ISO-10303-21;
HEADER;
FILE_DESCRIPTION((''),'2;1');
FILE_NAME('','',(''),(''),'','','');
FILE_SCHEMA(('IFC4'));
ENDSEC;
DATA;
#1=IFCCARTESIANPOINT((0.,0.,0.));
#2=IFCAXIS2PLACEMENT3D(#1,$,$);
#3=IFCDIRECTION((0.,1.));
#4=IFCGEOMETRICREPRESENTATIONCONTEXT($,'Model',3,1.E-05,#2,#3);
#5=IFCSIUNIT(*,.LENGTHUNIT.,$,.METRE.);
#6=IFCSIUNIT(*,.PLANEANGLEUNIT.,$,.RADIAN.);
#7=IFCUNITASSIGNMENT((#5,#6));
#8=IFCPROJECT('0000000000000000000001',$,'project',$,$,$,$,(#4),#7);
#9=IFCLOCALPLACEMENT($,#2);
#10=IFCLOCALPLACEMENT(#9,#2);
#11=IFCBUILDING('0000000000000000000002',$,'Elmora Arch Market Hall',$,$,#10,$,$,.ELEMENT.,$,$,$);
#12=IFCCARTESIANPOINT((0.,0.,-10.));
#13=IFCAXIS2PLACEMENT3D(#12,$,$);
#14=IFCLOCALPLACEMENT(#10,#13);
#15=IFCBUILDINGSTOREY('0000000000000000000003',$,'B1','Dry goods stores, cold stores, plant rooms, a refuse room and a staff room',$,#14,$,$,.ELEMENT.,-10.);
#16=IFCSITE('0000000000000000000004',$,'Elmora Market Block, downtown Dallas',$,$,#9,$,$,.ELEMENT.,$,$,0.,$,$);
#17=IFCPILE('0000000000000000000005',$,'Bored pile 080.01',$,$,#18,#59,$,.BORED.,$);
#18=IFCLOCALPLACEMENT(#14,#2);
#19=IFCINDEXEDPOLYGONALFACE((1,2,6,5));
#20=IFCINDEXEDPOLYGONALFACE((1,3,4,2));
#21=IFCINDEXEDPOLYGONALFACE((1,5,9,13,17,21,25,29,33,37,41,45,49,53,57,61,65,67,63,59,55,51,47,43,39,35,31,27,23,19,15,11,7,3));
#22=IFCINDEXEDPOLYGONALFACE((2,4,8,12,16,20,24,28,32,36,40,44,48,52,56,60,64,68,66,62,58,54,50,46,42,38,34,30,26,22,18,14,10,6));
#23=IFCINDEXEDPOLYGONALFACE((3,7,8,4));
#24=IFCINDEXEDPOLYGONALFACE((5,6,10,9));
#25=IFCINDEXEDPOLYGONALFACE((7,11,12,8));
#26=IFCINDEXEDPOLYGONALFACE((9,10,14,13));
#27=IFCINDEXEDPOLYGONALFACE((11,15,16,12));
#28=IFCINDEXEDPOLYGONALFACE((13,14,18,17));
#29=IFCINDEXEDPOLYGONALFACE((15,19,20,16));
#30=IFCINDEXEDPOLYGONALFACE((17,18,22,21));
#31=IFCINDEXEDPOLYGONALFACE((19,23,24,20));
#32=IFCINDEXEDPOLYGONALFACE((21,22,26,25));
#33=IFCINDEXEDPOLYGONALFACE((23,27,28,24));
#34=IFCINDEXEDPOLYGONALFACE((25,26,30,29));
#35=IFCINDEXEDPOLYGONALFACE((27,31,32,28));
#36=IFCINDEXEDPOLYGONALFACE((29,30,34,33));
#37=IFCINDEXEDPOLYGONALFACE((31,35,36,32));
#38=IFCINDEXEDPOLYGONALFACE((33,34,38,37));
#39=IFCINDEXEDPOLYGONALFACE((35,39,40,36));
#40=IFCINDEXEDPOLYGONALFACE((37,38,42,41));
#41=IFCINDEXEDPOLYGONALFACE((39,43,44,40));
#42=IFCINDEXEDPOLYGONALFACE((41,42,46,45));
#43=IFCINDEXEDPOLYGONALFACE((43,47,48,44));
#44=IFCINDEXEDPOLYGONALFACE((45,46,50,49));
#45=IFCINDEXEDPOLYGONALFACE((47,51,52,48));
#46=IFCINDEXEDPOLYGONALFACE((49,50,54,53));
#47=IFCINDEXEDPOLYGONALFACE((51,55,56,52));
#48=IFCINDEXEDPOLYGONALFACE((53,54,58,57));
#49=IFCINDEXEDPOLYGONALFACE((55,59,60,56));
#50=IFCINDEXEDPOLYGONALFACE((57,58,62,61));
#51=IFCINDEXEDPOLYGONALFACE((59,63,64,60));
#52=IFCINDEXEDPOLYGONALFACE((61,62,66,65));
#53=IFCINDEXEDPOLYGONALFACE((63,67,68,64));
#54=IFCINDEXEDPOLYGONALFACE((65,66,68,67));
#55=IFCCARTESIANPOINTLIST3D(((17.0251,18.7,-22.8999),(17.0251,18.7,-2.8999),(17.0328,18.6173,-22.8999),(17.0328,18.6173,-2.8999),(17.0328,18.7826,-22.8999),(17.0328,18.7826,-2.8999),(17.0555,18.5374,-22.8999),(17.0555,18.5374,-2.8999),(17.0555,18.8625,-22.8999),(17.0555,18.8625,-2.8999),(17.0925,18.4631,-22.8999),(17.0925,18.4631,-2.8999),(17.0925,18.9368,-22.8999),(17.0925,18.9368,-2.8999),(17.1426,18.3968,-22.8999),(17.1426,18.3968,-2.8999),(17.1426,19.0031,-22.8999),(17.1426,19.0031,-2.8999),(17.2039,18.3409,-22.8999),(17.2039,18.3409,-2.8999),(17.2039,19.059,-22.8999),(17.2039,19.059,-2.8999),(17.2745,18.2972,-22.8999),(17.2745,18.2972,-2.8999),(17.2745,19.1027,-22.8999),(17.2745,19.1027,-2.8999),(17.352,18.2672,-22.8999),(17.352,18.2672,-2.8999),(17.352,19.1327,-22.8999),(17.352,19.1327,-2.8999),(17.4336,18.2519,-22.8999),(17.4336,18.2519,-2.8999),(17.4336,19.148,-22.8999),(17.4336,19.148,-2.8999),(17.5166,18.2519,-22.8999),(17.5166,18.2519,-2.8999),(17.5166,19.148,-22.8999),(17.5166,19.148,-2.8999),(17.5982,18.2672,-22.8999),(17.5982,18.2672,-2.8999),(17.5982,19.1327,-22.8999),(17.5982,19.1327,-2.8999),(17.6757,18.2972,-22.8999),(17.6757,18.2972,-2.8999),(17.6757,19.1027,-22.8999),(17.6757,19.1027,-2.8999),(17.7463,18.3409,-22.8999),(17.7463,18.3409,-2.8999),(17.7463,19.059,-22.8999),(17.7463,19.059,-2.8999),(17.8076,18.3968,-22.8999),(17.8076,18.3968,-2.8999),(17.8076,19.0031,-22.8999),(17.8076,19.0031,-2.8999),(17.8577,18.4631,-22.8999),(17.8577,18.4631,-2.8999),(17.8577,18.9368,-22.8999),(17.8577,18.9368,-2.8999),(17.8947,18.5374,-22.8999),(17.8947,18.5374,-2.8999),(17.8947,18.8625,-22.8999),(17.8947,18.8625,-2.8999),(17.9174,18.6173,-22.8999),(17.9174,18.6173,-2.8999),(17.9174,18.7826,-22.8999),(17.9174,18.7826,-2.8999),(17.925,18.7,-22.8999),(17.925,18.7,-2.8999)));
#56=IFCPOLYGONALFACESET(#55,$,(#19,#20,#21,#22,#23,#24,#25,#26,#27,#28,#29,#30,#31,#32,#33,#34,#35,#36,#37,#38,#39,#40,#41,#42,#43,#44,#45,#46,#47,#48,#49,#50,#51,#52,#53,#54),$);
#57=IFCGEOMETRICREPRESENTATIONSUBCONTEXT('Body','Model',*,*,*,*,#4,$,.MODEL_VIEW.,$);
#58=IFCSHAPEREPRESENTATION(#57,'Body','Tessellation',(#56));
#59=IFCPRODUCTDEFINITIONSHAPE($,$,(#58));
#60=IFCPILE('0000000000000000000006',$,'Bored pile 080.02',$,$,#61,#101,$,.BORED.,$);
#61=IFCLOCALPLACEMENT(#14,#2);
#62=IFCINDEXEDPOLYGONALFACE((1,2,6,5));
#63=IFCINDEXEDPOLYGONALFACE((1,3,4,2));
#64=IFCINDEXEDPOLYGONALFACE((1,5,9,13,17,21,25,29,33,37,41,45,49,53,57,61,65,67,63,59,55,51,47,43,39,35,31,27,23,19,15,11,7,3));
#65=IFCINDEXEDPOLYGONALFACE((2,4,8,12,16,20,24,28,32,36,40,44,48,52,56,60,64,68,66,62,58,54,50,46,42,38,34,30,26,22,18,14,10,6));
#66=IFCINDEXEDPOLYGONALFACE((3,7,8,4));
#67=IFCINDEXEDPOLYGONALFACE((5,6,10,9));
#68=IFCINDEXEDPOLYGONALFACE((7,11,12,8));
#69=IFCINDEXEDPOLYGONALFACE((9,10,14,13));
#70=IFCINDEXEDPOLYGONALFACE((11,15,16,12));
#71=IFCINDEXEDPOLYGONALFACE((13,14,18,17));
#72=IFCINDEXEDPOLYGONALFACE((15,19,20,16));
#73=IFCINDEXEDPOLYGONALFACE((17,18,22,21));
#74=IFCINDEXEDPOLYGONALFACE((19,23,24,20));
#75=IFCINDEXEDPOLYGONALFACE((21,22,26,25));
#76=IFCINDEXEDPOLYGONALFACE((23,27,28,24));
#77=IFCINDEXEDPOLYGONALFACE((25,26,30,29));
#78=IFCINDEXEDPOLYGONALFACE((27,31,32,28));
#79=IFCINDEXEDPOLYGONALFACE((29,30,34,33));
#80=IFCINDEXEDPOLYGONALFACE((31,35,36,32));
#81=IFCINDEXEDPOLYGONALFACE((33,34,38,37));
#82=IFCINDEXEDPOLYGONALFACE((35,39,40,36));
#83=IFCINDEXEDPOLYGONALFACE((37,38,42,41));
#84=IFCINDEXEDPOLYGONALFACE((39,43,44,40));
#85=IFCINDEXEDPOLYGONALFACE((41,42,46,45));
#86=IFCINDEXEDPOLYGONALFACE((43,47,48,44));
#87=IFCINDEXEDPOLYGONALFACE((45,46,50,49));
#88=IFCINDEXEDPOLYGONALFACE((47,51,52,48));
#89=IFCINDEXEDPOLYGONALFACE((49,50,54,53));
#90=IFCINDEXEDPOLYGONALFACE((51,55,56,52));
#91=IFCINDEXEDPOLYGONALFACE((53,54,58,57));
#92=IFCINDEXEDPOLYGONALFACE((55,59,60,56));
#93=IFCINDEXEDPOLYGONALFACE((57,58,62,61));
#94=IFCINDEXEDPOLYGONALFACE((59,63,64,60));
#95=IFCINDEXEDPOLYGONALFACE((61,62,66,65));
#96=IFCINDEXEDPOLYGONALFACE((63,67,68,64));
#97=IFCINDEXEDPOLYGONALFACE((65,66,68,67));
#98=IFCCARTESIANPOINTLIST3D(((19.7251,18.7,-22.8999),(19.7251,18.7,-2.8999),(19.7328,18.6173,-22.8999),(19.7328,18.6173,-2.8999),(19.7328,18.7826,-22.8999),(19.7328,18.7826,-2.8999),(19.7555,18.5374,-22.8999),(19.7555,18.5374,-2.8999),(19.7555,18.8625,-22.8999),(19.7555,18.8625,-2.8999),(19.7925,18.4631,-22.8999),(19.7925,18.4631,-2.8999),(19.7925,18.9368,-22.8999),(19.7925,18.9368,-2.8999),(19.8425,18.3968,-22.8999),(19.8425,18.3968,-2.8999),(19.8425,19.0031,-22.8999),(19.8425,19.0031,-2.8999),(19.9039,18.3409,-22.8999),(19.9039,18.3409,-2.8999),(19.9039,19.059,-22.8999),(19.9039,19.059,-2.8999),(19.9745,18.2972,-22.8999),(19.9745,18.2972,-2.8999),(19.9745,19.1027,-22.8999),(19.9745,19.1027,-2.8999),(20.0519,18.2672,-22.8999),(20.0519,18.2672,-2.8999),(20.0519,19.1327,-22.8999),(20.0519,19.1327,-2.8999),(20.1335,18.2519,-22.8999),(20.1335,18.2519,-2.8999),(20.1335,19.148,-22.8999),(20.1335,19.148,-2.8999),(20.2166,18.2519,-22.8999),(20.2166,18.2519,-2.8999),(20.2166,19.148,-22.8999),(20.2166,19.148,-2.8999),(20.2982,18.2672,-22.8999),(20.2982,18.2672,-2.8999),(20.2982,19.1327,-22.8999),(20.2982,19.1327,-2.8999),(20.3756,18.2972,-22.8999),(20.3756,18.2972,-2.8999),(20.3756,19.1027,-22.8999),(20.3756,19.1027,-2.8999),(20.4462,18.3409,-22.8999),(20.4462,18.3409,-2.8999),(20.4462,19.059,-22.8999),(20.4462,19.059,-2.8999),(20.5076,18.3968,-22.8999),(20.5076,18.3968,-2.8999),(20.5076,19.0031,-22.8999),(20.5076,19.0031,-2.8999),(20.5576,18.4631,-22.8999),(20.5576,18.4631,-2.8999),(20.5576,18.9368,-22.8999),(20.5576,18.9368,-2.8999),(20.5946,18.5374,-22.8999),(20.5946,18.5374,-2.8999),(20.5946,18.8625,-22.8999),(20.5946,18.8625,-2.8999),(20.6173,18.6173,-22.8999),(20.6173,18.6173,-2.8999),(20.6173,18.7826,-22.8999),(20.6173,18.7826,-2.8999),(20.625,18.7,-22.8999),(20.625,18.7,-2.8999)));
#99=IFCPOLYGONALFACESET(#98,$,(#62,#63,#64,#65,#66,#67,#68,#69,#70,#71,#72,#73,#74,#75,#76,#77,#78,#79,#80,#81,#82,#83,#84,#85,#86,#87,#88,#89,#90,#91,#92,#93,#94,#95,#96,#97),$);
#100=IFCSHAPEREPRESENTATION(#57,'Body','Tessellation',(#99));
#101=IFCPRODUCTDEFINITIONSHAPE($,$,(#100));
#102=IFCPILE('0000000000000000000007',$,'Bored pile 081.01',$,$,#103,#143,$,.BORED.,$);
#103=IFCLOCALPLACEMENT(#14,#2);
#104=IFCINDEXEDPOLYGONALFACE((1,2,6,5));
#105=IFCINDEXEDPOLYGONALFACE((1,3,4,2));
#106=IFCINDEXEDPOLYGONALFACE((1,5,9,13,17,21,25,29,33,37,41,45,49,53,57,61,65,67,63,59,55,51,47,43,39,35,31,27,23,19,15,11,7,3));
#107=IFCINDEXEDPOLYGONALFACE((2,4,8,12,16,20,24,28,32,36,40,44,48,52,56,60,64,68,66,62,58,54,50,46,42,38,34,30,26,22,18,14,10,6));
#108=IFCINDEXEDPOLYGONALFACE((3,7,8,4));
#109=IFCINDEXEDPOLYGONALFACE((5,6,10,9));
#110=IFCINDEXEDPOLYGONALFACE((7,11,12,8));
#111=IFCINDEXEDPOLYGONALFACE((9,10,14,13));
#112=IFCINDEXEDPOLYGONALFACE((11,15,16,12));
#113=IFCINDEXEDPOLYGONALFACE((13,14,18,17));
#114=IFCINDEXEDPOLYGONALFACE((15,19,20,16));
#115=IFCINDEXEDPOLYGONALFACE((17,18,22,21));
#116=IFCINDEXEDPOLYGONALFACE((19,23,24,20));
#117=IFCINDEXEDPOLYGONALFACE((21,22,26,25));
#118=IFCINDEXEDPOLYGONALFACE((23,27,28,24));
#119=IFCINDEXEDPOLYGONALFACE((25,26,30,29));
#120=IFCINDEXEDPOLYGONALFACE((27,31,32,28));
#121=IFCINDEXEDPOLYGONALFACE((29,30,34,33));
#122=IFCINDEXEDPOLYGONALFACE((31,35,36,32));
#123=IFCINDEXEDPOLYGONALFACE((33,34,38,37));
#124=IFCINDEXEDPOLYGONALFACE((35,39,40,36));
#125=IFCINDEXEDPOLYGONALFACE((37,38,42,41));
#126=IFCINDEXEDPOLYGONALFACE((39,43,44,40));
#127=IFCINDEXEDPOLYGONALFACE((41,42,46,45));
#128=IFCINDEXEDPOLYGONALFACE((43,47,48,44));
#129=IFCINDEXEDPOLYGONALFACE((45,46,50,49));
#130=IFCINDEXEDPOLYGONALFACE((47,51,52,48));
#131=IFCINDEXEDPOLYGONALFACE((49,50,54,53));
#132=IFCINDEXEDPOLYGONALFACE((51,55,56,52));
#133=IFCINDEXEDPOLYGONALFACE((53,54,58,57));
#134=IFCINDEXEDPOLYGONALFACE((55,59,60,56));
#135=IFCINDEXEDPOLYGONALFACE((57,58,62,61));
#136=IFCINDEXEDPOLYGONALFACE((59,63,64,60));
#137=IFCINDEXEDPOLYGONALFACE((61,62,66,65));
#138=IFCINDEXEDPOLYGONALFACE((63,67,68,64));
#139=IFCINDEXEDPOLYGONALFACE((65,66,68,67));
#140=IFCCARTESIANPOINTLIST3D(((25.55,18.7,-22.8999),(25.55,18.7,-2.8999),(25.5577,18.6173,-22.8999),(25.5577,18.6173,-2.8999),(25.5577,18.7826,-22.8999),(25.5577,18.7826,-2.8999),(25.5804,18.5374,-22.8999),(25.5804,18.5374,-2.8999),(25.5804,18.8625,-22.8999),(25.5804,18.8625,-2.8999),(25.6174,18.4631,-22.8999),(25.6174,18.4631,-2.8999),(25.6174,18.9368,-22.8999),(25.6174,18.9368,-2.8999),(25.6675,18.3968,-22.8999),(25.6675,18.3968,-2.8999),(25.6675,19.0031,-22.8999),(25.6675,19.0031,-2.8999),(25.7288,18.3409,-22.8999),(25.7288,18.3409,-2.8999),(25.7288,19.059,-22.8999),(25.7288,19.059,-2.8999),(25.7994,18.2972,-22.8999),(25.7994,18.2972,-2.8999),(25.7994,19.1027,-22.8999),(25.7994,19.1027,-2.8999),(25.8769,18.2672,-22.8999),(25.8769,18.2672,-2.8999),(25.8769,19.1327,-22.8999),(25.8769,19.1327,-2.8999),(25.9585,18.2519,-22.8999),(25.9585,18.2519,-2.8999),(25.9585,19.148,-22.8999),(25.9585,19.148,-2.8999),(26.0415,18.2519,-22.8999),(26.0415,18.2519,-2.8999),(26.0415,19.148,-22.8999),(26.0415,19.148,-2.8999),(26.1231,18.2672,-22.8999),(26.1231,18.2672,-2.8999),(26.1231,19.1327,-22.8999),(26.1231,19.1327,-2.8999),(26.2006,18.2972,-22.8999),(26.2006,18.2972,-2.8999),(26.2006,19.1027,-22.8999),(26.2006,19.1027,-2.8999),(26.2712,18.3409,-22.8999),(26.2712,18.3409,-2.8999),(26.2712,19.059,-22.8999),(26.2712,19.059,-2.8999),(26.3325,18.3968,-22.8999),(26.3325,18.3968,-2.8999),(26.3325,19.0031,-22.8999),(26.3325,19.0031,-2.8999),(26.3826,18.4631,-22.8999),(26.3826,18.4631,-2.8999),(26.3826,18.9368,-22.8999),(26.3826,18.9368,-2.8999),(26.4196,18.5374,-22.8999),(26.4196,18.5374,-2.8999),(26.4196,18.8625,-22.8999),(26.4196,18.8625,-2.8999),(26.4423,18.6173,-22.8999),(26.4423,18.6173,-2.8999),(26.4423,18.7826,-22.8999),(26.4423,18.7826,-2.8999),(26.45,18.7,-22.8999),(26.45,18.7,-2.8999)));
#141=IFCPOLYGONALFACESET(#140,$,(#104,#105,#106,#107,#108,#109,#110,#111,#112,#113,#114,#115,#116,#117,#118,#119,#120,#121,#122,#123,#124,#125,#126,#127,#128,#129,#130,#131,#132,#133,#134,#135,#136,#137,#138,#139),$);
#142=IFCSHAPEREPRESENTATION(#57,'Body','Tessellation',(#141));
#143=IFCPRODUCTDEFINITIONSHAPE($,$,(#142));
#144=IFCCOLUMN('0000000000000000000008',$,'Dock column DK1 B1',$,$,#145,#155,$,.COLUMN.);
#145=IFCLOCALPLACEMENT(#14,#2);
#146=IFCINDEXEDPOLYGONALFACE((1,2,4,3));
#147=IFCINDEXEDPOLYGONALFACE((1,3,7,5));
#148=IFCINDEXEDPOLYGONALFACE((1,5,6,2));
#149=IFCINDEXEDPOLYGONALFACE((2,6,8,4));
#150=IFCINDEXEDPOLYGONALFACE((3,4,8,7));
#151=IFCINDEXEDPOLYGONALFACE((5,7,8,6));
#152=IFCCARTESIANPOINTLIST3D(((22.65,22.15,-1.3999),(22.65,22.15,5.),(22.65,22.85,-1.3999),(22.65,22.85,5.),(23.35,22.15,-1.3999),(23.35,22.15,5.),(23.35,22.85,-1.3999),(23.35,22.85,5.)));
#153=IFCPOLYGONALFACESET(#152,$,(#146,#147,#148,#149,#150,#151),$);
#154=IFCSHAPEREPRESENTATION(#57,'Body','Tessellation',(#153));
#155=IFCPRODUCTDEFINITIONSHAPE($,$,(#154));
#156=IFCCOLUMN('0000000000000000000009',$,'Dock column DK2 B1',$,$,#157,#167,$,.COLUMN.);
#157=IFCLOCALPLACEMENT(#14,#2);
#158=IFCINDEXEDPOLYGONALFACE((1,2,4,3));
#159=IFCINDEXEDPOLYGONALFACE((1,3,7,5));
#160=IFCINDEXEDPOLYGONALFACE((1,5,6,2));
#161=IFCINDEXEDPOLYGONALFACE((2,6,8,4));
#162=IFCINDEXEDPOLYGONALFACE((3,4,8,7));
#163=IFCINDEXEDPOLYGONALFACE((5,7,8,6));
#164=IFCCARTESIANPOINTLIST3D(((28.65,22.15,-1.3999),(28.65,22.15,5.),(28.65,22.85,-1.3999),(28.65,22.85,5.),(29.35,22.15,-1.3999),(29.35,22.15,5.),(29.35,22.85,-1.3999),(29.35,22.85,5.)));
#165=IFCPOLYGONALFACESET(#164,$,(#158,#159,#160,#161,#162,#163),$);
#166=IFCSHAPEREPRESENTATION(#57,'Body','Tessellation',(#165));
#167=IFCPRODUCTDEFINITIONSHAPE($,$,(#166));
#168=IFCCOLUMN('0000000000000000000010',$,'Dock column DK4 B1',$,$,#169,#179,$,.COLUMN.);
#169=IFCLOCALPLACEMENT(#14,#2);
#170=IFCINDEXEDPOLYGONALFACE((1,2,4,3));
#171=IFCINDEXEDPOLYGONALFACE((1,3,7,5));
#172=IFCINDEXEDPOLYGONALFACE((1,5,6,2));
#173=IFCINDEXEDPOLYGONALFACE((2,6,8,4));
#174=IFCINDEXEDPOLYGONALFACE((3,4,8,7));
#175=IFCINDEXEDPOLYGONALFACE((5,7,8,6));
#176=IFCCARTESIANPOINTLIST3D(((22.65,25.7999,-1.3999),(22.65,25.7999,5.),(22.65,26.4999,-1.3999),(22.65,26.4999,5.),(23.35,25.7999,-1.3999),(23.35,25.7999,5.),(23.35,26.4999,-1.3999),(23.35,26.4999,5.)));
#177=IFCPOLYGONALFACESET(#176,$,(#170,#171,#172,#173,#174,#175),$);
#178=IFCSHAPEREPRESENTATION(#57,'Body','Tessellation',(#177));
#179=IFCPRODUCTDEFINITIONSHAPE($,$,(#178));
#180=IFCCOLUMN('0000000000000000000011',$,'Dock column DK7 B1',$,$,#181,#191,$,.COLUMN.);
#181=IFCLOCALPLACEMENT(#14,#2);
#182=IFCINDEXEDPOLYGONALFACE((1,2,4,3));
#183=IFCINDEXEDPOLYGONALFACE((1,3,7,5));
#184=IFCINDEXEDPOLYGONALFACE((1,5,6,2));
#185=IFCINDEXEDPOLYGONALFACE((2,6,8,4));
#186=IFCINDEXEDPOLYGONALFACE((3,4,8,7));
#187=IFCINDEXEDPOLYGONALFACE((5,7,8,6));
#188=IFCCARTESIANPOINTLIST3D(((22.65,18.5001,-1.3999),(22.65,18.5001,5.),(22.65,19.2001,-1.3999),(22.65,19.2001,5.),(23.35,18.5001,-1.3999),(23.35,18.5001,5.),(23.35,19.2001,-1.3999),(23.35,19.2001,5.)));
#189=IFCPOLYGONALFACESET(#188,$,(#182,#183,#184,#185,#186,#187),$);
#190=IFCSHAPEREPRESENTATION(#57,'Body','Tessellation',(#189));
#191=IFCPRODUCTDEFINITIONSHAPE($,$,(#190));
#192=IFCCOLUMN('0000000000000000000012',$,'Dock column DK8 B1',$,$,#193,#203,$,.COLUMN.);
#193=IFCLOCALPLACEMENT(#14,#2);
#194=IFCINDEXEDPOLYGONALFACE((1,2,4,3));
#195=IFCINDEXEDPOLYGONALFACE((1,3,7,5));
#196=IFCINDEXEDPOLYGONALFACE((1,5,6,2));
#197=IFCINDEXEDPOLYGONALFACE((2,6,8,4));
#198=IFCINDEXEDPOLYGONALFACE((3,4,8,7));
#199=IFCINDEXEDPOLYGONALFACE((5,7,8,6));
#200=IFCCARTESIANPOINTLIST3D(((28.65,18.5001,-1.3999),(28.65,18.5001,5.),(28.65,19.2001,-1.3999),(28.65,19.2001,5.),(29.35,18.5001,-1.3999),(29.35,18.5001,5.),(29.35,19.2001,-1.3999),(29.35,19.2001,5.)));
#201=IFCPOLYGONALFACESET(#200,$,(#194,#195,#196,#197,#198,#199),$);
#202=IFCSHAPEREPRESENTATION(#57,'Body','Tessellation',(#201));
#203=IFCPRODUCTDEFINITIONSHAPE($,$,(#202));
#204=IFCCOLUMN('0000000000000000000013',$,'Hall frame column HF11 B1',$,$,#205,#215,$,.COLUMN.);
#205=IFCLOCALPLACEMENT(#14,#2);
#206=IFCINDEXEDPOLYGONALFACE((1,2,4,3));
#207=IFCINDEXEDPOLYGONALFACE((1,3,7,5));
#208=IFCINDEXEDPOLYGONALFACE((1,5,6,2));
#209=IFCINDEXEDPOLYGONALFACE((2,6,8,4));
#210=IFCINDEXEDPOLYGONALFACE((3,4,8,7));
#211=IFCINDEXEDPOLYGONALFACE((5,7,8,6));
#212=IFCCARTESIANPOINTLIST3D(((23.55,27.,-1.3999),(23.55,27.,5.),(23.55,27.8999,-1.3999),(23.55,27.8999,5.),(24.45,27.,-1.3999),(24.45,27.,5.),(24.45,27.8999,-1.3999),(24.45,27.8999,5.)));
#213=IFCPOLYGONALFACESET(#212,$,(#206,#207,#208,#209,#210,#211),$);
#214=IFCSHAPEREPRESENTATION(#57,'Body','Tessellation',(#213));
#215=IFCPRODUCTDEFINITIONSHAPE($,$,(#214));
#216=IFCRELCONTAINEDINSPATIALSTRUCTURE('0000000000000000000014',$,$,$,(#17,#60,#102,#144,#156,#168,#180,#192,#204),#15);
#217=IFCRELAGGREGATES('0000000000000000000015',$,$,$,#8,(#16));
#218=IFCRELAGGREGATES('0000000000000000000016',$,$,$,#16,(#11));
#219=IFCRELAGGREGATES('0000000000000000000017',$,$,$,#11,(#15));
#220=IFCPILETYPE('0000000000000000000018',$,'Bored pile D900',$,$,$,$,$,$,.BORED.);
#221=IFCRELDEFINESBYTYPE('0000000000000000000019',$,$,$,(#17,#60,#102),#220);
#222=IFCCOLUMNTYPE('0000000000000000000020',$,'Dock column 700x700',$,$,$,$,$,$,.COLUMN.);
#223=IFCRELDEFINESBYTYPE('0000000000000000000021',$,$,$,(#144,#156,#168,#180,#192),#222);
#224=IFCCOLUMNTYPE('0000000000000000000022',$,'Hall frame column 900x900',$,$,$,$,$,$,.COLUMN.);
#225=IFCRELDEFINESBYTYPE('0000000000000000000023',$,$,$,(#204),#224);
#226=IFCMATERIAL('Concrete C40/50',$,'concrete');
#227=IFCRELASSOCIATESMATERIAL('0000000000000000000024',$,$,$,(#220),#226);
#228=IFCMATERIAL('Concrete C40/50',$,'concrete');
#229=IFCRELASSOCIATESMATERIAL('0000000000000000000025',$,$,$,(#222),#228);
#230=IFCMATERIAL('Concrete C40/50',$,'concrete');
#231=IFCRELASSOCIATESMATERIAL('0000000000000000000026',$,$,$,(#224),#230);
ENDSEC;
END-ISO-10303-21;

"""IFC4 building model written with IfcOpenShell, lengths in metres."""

from ifc_helpers import new_model, si_unit, direction, frame, origin, origin_2d, place, context, subcontext, project, spatial, rectangle, circle, extrude, material, material_profile, profile_set, type_object, element, save


model = new_model("IFC4")

# Units and contexts
model_context = context("Model", 3, precision=1e-05, world=origin(), true_north=direction((0.0, 1.0)))
body_context = subcontext(model_context, "Body", "Model", "MODEL_VIEW")
ifc_project = project(units=[si_unit("LENGTHUNIT", "METRE"), si_unit("PLANEANGLEUNIT", "RADIAN")], contexts=[model_context])

# Site, building, storey
site_placement = place(None, origin())
site = spatial("IfcSite", under=ifc_project, at=site_placement, Name="Elmora Market Block, downtown Dallas", CompositionType="ELEMENT", RefElevation=0.0)
building_placement = place(site_placement, origin())
building = spatial("IfcBuilding", under=site, at=building_placement, Name="Elmora Arch Market Hall", CompositionType="ELEMENT")
storey_placement = place(building_placement, frame((0.0, 0.0, -10.0)))
storey = spatial("IfcBuildingStorey", under=building, at=storey_placement, Name="B1", Description="Dry goods stores, cold stores, plant rooms, a refuse room and a staff room", CompositionType="ELEMENT", Elevation=-10.0)

# Piles
ifc_material_1 = material(Name="Concrete C40/50", Category="concrete")
ifc_material_profile_1 = material_profile(ifc_material_1, circle(Radius=0.45, at=origin_2d()), Name="Bored pile D900")
ifc_profile_set_1 = profile_set([ifc_material_profile_1], Name="Concrete C40/50")
pile_type = type_object("IfcPileType", Name="Bored pile D900", PredefinedType="BORED", material=ifc_profile_set_1)
for number, where, z_axis, x_axis, name in (
    (1, (17.4751, 18.7, -2.8999), (0.0, 0.0, -1.0), (1.0, 0.0, 0.0), "Bored pile 080.01"),
    (2, (20.175, 18.7, -2.8999), (0.0, 0.0, -1.0), (1.0, 0.0, 0.0), "Bored pile 080.02"),
    (3, (26.0, 18.7, -2.8999), (0.0, 0.0, -1.0), (1.0, 0.0, 0.0), "Bored pile 081.01"),
):
    element("IfcPile", number, at=place(storey_placement, frame(where, z_axis=z_axis, x_axis=x_axis)), inside=storey, type_object=pile_type, Name=name, PredefinedType="BORED", context=body_context, shape_type="SweptSolid", body=[
        extrude(circle(Radius=0.45, at=origin_2d()), origin(), (0.0, 0.0, 1.0), 20.0),
    ])

# Columns
ifc_material_2 = material(Name="Concrete C40/50", Category="concrete")
ifc_material_profile_2 = material_profile(ifc_material_2, rectangle(XDim=0.7, YDim=0.7, at=origin_2d()), Name="Dock column 700x700")
ifc_profile_set_2 = profile_set([ifc_material_profile_2], Name="Concrete C40/50")
column_type_1 = type_object("IfcColumnType", Name="Dock column 700x700", PredefinedType="COLUMN", material=ifc_profile_set_2)
for number, where, z_axis, x_axis, name in (
    (4, (23.0, 22.5, -1.3999), (0.0, 0.0, 1.0), (1.0, 0.0, 0.0), "Dock column DK1 B1"),
    (5, (29.0, 22.5, -1.3999), (0.0, 0.0, 1.0), (1.0, 0.0, 0.0), "Dock column DK2 B1"),
    (6, (23.0, 26.1499, -1.3999), (0.0, 0.0, 1.0), (1.0, 0.0, 0.0), "Dock column DK4 B1"),
    (7, (23.0, 18.8501, -1.3999), (0.0, 0.0, 1.0), (1.0, 0.0, 0.0), "Dock column DK7 B1"),
    (8, (29.0, 18.8501, -1.3999), (0.0, 0.0, 1.0), (1.0, 0.0, 0.0), "Dock column DK8 B1"),
):
    element("IfcColumn", number, at=place(storey_placement, frame(where, z_axis=z_axis, x_axis=x_axis)), inside=storey, type_object=column_type_1, Name=name, PredefinedType="COLUMN", context=body_context, shape_type="SweptSolid", body=[
        extrude(rectangle(XDim=0.7, YDim=0.7, at=origin_2d()), origin(), (0.0, 0.0, 1.0), 6.3999),
    ])
ifc_material_3 = material(Name="Concrete C40/50", Category="concrete")
ifc_material_profile_3 = material_profile(ifc_material_3, rectangle(XDim=0.8999, YDim=0.8999, at=origin_2d()), Name="Hall frame column 900x900")
ifc_profile_set_3 = profile_set([ifc_material_profile_3], Name="Concrete C40/50")
column_type_2 = type_object("IfcColumnType", Name="Hall frame column 900x900", PredefinedType="COLUMN", material=ifc_profile_set_3)
column_placement = place(storey_placement, frame((24.0, 27.45, -1.3999), z_axis=(0.0, 0.0, 1.0), x_axis=(1.0, 0.0, 0.0)))
element("IfcColumn", 9, at=column_placement, inside=storey, type_object=column_type_2, Name="Hall frame column HF11 B1", PredefinedType="COLUMN", context=body_context, shape_type="SweptSolid", body=[
    extrude(rectangle(XDim=0.8999, YDim=0.8999, at=origin_2d()), origin(), (0.0, 0.0, 1.0), 6.3999),
])

save(model, "model.ifc")
